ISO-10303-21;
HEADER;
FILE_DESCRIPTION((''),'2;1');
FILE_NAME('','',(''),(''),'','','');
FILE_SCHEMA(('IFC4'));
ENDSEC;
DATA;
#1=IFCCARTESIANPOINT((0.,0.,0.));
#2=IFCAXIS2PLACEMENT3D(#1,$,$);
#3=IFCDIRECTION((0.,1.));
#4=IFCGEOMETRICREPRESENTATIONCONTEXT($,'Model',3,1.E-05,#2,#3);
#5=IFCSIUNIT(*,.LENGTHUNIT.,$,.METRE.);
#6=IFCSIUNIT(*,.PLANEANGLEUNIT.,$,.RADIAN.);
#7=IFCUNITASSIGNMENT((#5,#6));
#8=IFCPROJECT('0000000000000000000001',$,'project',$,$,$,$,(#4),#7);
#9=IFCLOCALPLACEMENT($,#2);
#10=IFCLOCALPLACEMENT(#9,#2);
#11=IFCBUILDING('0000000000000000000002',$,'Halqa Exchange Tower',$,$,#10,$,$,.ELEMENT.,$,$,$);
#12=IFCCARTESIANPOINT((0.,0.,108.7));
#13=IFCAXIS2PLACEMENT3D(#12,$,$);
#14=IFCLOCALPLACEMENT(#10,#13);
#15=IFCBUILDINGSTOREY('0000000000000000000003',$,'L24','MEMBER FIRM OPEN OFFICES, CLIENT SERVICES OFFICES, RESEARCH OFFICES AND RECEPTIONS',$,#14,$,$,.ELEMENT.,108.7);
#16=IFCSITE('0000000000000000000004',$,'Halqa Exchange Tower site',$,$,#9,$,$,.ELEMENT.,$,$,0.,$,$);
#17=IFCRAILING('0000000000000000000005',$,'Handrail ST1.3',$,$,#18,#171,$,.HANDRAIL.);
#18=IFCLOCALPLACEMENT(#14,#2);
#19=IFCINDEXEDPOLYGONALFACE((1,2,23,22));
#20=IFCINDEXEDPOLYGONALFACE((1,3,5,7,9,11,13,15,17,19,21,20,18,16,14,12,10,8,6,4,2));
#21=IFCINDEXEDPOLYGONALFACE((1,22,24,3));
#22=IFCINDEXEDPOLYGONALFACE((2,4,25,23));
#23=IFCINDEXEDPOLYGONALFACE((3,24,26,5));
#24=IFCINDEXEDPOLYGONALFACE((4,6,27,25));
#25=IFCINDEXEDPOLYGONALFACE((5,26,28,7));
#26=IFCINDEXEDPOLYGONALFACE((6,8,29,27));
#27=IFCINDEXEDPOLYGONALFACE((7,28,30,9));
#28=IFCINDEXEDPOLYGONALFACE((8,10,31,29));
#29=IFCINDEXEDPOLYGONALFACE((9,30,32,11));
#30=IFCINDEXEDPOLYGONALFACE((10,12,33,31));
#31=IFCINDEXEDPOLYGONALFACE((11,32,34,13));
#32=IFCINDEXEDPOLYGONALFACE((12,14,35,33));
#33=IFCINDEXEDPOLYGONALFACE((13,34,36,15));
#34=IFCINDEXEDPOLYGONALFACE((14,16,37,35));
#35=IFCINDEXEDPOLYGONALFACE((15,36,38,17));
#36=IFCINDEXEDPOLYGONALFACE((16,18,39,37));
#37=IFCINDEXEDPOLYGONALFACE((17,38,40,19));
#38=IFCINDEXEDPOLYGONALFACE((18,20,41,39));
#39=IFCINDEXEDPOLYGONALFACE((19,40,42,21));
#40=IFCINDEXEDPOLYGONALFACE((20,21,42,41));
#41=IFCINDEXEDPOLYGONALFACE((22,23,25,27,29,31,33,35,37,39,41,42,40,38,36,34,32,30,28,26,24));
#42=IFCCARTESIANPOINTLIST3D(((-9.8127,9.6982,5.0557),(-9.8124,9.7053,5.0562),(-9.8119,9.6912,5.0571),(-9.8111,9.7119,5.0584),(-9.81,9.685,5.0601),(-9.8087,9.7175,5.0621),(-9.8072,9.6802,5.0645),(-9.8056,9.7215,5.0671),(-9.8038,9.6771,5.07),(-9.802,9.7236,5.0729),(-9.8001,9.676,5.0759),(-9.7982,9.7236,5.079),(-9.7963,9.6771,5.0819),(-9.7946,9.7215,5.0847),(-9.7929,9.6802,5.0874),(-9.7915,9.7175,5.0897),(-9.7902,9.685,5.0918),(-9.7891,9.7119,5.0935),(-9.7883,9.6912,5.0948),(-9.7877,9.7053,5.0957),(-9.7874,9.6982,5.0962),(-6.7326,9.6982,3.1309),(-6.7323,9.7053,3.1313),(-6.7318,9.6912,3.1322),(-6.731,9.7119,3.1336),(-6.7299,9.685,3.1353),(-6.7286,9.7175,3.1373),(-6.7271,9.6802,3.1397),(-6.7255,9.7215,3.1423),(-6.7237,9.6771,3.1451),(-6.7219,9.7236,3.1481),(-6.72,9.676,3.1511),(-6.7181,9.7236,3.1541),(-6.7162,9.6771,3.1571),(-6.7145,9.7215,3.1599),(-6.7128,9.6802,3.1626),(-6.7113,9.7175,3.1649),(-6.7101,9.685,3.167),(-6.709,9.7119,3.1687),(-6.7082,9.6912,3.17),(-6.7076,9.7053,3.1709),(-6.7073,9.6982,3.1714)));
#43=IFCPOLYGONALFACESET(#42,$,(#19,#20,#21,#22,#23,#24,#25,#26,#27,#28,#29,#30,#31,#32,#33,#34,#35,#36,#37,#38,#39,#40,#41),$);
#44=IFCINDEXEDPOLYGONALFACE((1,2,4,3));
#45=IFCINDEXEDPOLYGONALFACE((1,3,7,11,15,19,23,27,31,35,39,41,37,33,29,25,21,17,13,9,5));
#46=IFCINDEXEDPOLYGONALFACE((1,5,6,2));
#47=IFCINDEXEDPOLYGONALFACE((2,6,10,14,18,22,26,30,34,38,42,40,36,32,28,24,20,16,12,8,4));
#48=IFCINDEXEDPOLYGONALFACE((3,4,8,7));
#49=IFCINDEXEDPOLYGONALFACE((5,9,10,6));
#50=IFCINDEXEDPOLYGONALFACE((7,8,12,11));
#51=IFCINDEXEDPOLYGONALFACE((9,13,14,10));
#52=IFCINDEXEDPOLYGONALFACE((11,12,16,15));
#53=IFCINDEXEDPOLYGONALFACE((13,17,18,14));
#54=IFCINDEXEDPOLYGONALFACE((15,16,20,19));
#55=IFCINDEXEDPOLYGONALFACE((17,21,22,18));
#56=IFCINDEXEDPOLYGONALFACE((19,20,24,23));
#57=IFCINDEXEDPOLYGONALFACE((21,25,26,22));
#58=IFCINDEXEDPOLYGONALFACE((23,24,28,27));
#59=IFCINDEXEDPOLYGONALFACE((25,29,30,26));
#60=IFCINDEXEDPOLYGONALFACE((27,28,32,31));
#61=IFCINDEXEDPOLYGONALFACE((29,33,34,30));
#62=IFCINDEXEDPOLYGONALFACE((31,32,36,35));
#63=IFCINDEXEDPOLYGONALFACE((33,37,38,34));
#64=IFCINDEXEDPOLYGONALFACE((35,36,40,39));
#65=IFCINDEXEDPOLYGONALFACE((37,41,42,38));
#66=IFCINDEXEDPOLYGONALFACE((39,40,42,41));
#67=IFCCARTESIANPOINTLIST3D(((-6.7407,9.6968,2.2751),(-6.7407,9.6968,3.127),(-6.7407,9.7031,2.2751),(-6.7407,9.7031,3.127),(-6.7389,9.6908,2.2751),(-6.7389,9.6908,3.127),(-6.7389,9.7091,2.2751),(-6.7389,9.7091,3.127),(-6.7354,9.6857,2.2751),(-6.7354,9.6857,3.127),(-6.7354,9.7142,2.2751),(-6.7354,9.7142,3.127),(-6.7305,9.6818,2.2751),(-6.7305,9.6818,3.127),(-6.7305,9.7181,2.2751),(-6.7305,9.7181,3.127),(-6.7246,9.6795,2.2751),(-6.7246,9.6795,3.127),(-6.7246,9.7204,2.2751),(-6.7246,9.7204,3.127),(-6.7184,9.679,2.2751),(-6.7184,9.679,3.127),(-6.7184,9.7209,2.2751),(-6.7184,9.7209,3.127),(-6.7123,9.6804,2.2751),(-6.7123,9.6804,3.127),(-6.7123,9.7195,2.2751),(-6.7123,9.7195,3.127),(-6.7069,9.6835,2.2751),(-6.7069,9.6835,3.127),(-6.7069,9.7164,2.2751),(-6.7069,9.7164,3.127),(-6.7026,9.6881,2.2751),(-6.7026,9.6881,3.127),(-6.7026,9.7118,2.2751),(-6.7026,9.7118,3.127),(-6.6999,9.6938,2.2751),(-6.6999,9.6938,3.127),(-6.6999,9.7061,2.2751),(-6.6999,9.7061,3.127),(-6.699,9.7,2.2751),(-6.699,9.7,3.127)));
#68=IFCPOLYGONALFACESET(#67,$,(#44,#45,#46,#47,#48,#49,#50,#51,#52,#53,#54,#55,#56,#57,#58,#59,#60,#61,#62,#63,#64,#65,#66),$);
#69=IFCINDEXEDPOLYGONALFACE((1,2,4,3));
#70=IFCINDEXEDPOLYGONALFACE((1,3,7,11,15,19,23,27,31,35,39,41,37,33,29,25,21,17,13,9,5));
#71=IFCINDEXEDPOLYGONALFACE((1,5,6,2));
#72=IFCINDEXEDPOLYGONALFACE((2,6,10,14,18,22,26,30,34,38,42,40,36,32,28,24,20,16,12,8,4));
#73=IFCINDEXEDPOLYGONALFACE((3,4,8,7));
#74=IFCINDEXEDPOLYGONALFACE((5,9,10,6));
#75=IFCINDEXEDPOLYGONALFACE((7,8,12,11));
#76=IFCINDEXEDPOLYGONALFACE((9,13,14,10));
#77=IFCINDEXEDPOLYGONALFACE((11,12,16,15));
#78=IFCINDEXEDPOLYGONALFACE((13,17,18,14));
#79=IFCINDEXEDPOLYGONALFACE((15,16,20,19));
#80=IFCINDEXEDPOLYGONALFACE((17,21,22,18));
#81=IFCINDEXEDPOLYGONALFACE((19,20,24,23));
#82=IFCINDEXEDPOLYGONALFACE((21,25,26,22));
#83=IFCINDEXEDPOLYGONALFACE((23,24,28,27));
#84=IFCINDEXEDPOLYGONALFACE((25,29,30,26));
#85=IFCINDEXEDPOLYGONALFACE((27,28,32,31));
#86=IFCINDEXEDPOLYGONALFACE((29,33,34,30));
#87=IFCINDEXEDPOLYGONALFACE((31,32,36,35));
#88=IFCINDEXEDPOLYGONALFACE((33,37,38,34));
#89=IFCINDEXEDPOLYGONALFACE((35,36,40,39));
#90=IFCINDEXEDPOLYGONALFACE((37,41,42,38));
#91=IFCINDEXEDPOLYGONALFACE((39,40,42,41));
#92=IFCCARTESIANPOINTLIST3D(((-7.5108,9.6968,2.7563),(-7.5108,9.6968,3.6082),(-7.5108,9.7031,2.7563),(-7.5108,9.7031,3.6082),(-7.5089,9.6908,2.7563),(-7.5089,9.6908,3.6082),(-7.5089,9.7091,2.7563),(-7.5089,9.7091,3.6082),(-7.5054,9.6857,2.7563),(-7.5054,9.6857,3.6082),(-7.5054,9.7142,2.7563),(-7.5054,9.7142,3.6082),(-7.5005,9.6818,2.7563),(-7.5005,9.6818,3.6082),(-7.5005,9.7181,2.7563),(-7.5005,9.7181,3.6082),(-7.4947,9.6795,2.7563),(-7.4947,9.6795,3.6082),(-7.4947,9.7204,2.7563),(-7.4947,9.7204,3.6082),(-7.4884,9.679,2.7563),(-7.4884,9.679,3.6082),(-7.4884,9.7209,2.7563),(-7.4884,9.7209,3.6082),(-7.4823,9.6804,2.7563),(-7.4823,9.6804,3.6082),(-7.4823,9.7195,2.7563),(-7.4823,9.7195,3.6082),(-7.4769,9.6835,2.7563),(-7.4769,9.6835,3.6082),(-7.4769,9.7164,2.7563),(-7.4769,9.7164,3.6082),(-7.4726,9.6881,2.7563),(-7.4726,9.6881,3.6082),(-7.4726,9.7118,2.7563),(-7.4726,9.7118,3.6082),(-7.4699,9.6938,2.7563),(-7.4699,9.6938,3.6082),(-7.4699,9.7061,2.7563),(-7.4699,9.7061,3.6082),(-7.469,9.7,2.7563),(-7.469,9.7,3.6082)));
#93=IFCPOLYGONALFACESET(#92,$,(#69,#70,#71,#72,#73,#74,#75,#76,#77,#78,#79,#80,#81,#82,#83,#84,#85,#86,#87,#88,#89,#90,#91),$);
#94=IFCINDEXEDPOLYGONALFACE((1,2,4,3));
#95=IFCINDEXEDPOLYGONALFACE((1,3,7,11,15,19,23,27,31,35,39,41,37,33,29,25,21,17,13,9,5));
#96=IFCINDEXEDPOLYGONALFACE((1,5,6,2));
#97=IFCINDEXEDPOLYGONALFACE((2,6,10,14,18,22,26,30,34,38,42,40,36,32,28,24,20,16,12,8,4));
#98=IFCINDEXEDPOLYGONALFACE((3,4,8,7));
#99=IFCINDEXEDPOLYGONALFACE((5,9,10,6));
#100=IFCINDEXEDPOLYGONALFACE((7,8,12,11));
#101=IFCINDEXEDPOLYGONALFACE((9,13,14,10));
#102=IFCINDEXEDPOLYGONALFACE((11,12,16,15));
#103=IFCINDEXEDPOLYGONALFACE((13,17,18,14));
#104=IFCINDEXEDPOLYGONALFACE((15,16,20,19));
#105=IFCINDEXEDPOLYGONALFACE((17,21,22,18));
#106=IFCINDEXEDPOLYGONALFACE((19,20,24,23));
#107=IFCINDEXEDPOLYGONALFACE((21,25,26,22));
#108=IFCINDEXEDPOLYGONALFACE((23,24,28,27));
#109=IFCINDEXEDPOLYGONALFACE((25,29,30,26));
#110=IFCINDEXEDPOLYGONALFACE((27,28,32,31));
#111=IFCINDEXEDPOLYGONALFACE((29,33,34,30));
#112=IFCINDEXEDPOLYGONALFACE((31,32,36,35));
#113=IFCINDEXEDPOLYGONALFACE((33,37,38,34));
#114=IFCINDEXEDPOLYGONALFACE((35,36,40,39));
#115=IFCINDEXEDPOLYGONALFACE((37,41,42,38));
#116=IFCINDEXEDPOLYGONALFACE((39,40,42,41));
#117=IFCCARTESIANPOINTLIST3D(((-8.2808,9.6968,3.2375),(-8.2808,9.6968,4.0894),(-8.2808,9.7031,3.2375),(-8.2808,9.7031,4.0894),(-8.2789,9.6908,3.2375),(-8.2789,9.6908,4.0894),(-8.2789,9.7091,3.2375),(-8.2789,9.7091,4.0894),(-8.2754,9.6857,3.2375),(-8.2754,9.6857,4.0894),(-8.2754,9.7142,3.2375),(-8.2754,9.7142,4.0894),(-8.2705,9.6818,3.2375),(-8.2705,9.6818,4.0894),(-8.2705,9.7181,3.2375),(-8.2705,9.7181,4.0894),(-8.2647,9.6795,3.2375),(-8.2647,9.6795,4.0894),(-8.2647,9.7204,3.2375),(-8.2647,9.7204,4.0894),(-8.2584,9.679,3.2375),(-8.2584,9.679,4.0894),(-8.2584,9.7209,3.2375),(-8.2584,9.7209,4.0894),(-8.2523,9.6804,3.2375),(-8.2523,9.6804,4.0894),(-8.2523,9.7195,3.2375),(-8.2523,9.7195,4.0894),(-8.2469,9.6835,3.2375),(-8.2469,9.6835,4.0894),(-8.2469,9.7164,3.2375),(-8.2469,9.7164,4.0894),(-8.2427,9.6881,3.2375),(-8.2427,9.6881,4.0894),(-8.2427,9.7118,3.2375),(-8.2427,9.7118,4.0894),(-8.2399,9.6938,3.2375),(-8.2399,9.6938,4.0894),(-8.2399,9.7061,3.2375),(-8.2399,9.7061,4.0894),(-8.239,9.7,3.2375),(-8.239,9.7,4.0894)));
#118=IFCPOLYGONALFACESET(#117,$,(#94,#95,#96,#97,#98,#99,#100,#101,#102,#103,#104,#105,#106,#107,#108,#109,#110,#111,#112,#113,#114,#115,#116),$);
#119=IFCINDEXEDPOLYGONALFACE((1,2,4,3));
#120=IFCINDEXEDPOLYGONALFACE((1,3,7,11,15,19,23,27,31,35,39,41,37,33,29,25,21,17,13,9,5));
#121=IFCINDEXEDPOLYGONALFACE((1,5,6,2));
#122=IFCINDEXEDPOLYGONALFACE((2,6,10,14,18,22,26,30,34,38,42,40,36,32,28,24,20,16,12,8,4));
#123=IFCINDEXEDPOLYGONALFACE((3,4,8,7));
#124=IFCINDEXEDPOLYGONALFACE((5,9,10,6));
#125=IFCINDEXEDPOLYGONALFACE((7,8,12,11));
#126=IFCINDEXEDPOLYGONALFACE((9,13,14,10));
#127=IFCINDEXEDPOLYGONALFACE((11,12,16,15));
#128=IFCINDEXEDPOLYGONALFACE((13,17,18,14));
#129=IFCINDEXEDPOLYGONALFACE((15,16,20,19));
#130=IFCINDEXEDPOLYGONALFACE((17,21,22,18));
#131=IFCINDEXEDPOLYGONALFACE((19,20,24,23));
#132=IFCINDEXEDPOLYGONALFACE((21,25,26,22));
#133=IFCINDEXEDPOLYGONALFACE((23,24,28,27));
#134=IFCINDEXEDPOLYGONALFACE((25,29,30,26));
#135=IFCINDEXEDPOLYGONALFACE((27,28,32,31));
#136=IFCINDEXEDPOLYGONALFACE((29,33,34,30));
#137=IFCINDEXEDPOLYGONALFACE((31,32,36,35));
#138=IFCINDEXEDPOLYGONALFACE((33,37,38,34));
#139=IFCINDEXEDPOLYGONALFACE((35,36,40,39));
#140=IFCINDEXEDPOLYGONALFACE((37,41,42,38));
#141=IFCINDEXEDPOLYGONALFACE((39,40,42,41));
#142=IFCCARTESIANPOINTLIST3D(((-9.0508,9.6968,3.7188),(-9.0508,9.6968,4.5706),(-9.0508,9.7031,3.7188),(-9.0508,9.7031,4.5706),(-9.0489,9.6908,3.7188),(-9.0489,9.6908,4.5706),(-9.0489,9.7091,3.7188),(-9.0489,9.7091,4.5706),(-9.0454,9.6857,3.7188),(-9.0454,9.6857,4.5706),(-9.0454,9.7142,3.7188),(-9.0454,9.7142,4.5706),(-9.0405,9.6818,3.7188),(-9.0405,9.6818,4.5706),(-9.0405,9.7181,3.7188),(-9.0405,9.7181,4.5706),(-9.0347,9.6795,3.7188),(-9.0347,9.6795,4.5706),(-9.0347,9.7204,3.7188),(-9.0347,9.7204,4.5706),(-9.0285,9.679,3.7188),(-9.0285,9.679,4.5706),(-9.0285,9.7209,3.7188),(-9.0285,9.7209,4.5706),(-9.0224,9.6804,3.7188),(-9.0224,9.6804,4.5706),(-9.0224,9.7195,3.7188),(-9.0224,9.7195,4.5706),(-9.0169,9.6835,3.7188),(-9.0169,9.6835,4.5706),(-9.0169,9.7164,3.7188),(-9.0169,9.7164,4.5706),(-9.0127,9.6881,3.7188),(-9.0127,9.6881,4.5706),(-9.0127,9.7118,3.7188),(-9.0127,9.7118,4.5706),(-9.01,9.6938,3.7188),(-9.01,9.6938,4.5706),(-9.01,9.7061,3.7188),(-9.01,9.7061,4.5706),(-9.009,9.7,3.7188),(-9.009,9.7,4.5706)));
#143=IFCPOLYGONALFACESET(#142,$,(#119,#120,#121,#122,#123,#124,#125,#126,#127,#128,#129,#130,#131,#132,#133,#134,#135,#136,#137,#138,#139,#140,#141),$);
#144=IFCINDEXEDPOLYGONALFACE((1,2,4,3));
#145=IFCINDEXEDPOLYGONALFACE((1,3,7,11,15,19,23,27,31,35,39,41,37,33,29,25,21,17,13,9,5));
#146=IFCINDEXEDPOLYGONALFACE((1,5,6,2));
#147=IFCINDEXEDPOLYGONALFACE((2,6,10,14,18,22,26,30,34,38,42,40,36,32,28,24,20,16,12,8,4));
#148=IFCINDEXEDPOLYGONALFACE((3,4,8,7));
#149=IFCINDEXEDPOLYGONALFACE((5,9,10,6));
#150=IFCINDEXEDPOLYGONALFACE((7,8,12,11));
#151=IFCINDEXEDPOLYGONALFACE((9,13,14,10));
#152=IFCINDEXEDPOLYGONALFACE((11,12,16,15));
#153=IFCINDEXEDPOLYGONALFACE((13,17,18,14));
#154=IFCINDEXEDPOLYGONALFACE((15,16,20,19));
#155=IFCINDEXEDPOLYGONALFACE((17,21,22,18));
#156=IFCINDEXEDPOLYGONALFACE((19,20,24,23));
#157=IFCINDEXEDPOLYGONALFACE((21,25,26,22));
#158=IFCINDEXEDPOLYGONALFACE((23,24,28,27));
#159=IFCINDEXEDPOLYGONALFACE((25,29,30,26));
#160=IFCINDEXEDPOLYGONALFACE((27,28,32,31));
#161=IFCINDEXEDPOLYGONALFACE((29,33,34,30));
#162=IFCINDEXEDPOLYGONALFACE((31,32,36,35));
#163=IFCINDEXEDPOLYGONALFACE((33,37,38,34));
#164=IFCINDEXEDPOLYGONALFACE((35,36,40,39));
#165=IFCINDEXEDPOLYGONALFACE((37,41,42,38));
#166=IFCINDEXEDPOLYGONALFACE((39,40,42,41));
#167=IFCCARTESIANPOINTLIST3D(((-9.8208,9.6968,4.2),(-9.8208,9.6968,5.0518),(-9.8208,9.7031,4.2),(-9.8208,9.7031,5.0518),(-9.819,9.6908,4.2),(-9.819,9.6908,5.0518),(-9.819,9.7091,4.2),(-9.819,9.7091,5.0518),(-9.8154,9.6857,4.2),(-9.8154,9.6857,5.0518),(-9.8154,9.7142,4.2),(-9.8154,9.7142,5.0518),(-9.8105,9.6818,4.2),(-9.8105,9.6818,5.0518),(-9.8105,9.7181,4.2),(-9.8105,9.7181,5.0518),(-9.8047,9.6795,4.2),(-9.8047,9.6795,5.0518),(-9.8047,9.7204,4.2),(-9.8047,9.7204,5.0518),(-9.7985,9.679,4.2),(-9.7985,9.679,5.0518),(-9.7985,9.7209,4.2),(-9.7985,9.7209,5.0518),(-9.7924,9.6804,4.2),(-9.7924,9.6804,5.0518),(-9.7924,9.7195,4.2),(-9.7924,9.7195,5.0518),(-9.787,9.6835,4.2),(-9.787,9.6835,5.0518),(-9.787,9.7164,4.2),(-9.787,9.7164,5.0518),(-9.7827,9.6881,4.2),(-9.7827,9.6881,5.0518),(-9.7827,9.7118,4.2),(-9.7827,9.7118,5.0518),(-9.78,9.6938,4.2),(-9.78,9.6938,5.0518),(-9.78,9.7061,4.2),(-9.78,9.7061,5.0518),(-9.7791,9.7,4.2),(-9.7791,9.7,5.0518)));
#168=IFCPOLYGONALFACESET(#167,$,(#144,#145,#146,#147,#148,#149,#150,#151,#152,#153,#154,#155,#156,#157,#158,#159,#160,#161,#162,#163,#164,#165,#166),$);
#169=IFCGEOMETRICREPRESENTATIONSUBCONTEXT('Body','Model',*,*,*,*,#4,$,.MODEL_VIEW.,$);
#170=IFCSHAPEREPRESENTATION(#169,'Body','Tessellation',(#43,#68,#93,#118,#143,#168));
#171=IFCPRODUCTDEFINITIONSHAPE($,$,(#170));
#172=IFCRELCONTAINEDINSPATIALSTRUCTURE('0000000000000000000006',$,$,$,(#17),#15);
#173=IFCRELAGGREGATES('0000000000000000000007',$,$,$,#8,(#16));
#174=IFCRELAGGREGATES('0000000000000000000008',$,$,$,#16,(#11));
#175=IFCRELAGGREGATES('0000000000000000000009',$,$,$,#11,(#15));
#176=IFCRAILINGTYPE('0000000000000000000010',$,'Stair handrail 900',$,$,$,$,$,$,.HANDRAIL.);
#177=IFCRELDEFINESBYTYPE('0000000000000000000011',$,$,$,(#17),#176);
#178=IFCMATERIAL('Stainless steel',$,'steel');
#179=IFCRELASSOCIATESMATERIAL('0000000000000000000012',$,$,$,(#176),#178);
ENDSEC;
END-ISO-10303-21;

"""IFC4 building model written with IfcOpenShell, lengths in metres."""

from ifc_helpers import new_model, si_unit, direction, frame, origin, origin_2d, place, context, subcontext, project, spatial, circle, extrude, material, type_object, element, save


model = new_model("IFC4")

# Units and contexts
model_context = context("Model", 3, precision=1e-05, world=origin(), true_north=direction((0.0, 1.0)))
body_context = subcontext(model_context, "Body", "Model", "MODEL_VIEW")
ifc_project = project(units=[si_unit("LENGTHUNIT", "METRE"), si_unit("PLANEANGLEUNIT", "RADIAN")], contexts=[model_context])

# Site, building, storey
site_placement = place(None, origin())
site = spatial("IfcSite", under=ifc_project, at=site_placement, Name="Halqa Exchange Tower site", CompositionType="ELEMENT", RefElevation=0.0)
building_placement = place(site_placement, origin())
building = spatial("IfcBuilding", under=site, at=building_placement, Name="Halqa Exchange Tower", CompositionType="ELEMENT")
storey_placement = place(building_placement, frame((0.0, 0.0, 108.7)))
storey = spatial("IfcBuildingStorey", under=building, at=storey_placement, Name="L24", Description="MEMBER FIRM OPEN OFFICES, CLIENT SERVICES OFFICES, RESEARCH OFFICES AND RECEPTIONS", CompositionType="ELEMENT", Elevation=108.7)

# Railing
ifc_material_1 = material(Name="Stainless steel", Category="steel")
railing_type_1 = type_object("IfcRailingType", Name="Stair handrail 900", PredefinedType="HANDRAIL", material=ifc_material_1)
railing_1_placement = place(storey_placement, frame((-6.72, 9.7, 2.2751)))
element("IfcRailing", 1, at=railing_1_placement, inside=storey, type_object=railing_type_1, Name="Handrail ST1.3", PredefinedType="HANDRAIL", context=body_context, shape_type="SweptSolid", body=[
    extrude(circle(Radius=0.0239, at=origin_2d()), frame((0.0, 0.0, 0.876), z_axis=(-0.848029, 0.0, 0.529951), x_axis=(0.0, -1.0, 0.0)), (0.0, 0.0, 1.0), 3.6321),
    extrude(circle(Radius=0.021, at=origin_2d()), origin(), (0.0, 0.0, 1.0), 0.8518),
    extrude(circle(Radius=0.021, at=origin_2d()), frame((-0.77, 0.0, 0.4812)), (0.0, 0.0, 1.0), 0.8518),
    extrude(circle(Radius=0.021, at=origin_2d()), frame((-1.54, 0.0, 0.9624)), (0.0, 0.0, 1.0), 0.8518),
    extrude(circle(Radius=0.021, at=origin_2d()), frame((-2.3101, 0.0, 1.4436)), (0.0, 0.0, 1.0), 0.8518),
    extrude(circle(Radius=0.021, at=origin_2d()), frame((-3.0801, 0.0, 1.9248)), (0.0, 0.0, 1.0), 0.8518),
])

save(model, "model.ifc")
